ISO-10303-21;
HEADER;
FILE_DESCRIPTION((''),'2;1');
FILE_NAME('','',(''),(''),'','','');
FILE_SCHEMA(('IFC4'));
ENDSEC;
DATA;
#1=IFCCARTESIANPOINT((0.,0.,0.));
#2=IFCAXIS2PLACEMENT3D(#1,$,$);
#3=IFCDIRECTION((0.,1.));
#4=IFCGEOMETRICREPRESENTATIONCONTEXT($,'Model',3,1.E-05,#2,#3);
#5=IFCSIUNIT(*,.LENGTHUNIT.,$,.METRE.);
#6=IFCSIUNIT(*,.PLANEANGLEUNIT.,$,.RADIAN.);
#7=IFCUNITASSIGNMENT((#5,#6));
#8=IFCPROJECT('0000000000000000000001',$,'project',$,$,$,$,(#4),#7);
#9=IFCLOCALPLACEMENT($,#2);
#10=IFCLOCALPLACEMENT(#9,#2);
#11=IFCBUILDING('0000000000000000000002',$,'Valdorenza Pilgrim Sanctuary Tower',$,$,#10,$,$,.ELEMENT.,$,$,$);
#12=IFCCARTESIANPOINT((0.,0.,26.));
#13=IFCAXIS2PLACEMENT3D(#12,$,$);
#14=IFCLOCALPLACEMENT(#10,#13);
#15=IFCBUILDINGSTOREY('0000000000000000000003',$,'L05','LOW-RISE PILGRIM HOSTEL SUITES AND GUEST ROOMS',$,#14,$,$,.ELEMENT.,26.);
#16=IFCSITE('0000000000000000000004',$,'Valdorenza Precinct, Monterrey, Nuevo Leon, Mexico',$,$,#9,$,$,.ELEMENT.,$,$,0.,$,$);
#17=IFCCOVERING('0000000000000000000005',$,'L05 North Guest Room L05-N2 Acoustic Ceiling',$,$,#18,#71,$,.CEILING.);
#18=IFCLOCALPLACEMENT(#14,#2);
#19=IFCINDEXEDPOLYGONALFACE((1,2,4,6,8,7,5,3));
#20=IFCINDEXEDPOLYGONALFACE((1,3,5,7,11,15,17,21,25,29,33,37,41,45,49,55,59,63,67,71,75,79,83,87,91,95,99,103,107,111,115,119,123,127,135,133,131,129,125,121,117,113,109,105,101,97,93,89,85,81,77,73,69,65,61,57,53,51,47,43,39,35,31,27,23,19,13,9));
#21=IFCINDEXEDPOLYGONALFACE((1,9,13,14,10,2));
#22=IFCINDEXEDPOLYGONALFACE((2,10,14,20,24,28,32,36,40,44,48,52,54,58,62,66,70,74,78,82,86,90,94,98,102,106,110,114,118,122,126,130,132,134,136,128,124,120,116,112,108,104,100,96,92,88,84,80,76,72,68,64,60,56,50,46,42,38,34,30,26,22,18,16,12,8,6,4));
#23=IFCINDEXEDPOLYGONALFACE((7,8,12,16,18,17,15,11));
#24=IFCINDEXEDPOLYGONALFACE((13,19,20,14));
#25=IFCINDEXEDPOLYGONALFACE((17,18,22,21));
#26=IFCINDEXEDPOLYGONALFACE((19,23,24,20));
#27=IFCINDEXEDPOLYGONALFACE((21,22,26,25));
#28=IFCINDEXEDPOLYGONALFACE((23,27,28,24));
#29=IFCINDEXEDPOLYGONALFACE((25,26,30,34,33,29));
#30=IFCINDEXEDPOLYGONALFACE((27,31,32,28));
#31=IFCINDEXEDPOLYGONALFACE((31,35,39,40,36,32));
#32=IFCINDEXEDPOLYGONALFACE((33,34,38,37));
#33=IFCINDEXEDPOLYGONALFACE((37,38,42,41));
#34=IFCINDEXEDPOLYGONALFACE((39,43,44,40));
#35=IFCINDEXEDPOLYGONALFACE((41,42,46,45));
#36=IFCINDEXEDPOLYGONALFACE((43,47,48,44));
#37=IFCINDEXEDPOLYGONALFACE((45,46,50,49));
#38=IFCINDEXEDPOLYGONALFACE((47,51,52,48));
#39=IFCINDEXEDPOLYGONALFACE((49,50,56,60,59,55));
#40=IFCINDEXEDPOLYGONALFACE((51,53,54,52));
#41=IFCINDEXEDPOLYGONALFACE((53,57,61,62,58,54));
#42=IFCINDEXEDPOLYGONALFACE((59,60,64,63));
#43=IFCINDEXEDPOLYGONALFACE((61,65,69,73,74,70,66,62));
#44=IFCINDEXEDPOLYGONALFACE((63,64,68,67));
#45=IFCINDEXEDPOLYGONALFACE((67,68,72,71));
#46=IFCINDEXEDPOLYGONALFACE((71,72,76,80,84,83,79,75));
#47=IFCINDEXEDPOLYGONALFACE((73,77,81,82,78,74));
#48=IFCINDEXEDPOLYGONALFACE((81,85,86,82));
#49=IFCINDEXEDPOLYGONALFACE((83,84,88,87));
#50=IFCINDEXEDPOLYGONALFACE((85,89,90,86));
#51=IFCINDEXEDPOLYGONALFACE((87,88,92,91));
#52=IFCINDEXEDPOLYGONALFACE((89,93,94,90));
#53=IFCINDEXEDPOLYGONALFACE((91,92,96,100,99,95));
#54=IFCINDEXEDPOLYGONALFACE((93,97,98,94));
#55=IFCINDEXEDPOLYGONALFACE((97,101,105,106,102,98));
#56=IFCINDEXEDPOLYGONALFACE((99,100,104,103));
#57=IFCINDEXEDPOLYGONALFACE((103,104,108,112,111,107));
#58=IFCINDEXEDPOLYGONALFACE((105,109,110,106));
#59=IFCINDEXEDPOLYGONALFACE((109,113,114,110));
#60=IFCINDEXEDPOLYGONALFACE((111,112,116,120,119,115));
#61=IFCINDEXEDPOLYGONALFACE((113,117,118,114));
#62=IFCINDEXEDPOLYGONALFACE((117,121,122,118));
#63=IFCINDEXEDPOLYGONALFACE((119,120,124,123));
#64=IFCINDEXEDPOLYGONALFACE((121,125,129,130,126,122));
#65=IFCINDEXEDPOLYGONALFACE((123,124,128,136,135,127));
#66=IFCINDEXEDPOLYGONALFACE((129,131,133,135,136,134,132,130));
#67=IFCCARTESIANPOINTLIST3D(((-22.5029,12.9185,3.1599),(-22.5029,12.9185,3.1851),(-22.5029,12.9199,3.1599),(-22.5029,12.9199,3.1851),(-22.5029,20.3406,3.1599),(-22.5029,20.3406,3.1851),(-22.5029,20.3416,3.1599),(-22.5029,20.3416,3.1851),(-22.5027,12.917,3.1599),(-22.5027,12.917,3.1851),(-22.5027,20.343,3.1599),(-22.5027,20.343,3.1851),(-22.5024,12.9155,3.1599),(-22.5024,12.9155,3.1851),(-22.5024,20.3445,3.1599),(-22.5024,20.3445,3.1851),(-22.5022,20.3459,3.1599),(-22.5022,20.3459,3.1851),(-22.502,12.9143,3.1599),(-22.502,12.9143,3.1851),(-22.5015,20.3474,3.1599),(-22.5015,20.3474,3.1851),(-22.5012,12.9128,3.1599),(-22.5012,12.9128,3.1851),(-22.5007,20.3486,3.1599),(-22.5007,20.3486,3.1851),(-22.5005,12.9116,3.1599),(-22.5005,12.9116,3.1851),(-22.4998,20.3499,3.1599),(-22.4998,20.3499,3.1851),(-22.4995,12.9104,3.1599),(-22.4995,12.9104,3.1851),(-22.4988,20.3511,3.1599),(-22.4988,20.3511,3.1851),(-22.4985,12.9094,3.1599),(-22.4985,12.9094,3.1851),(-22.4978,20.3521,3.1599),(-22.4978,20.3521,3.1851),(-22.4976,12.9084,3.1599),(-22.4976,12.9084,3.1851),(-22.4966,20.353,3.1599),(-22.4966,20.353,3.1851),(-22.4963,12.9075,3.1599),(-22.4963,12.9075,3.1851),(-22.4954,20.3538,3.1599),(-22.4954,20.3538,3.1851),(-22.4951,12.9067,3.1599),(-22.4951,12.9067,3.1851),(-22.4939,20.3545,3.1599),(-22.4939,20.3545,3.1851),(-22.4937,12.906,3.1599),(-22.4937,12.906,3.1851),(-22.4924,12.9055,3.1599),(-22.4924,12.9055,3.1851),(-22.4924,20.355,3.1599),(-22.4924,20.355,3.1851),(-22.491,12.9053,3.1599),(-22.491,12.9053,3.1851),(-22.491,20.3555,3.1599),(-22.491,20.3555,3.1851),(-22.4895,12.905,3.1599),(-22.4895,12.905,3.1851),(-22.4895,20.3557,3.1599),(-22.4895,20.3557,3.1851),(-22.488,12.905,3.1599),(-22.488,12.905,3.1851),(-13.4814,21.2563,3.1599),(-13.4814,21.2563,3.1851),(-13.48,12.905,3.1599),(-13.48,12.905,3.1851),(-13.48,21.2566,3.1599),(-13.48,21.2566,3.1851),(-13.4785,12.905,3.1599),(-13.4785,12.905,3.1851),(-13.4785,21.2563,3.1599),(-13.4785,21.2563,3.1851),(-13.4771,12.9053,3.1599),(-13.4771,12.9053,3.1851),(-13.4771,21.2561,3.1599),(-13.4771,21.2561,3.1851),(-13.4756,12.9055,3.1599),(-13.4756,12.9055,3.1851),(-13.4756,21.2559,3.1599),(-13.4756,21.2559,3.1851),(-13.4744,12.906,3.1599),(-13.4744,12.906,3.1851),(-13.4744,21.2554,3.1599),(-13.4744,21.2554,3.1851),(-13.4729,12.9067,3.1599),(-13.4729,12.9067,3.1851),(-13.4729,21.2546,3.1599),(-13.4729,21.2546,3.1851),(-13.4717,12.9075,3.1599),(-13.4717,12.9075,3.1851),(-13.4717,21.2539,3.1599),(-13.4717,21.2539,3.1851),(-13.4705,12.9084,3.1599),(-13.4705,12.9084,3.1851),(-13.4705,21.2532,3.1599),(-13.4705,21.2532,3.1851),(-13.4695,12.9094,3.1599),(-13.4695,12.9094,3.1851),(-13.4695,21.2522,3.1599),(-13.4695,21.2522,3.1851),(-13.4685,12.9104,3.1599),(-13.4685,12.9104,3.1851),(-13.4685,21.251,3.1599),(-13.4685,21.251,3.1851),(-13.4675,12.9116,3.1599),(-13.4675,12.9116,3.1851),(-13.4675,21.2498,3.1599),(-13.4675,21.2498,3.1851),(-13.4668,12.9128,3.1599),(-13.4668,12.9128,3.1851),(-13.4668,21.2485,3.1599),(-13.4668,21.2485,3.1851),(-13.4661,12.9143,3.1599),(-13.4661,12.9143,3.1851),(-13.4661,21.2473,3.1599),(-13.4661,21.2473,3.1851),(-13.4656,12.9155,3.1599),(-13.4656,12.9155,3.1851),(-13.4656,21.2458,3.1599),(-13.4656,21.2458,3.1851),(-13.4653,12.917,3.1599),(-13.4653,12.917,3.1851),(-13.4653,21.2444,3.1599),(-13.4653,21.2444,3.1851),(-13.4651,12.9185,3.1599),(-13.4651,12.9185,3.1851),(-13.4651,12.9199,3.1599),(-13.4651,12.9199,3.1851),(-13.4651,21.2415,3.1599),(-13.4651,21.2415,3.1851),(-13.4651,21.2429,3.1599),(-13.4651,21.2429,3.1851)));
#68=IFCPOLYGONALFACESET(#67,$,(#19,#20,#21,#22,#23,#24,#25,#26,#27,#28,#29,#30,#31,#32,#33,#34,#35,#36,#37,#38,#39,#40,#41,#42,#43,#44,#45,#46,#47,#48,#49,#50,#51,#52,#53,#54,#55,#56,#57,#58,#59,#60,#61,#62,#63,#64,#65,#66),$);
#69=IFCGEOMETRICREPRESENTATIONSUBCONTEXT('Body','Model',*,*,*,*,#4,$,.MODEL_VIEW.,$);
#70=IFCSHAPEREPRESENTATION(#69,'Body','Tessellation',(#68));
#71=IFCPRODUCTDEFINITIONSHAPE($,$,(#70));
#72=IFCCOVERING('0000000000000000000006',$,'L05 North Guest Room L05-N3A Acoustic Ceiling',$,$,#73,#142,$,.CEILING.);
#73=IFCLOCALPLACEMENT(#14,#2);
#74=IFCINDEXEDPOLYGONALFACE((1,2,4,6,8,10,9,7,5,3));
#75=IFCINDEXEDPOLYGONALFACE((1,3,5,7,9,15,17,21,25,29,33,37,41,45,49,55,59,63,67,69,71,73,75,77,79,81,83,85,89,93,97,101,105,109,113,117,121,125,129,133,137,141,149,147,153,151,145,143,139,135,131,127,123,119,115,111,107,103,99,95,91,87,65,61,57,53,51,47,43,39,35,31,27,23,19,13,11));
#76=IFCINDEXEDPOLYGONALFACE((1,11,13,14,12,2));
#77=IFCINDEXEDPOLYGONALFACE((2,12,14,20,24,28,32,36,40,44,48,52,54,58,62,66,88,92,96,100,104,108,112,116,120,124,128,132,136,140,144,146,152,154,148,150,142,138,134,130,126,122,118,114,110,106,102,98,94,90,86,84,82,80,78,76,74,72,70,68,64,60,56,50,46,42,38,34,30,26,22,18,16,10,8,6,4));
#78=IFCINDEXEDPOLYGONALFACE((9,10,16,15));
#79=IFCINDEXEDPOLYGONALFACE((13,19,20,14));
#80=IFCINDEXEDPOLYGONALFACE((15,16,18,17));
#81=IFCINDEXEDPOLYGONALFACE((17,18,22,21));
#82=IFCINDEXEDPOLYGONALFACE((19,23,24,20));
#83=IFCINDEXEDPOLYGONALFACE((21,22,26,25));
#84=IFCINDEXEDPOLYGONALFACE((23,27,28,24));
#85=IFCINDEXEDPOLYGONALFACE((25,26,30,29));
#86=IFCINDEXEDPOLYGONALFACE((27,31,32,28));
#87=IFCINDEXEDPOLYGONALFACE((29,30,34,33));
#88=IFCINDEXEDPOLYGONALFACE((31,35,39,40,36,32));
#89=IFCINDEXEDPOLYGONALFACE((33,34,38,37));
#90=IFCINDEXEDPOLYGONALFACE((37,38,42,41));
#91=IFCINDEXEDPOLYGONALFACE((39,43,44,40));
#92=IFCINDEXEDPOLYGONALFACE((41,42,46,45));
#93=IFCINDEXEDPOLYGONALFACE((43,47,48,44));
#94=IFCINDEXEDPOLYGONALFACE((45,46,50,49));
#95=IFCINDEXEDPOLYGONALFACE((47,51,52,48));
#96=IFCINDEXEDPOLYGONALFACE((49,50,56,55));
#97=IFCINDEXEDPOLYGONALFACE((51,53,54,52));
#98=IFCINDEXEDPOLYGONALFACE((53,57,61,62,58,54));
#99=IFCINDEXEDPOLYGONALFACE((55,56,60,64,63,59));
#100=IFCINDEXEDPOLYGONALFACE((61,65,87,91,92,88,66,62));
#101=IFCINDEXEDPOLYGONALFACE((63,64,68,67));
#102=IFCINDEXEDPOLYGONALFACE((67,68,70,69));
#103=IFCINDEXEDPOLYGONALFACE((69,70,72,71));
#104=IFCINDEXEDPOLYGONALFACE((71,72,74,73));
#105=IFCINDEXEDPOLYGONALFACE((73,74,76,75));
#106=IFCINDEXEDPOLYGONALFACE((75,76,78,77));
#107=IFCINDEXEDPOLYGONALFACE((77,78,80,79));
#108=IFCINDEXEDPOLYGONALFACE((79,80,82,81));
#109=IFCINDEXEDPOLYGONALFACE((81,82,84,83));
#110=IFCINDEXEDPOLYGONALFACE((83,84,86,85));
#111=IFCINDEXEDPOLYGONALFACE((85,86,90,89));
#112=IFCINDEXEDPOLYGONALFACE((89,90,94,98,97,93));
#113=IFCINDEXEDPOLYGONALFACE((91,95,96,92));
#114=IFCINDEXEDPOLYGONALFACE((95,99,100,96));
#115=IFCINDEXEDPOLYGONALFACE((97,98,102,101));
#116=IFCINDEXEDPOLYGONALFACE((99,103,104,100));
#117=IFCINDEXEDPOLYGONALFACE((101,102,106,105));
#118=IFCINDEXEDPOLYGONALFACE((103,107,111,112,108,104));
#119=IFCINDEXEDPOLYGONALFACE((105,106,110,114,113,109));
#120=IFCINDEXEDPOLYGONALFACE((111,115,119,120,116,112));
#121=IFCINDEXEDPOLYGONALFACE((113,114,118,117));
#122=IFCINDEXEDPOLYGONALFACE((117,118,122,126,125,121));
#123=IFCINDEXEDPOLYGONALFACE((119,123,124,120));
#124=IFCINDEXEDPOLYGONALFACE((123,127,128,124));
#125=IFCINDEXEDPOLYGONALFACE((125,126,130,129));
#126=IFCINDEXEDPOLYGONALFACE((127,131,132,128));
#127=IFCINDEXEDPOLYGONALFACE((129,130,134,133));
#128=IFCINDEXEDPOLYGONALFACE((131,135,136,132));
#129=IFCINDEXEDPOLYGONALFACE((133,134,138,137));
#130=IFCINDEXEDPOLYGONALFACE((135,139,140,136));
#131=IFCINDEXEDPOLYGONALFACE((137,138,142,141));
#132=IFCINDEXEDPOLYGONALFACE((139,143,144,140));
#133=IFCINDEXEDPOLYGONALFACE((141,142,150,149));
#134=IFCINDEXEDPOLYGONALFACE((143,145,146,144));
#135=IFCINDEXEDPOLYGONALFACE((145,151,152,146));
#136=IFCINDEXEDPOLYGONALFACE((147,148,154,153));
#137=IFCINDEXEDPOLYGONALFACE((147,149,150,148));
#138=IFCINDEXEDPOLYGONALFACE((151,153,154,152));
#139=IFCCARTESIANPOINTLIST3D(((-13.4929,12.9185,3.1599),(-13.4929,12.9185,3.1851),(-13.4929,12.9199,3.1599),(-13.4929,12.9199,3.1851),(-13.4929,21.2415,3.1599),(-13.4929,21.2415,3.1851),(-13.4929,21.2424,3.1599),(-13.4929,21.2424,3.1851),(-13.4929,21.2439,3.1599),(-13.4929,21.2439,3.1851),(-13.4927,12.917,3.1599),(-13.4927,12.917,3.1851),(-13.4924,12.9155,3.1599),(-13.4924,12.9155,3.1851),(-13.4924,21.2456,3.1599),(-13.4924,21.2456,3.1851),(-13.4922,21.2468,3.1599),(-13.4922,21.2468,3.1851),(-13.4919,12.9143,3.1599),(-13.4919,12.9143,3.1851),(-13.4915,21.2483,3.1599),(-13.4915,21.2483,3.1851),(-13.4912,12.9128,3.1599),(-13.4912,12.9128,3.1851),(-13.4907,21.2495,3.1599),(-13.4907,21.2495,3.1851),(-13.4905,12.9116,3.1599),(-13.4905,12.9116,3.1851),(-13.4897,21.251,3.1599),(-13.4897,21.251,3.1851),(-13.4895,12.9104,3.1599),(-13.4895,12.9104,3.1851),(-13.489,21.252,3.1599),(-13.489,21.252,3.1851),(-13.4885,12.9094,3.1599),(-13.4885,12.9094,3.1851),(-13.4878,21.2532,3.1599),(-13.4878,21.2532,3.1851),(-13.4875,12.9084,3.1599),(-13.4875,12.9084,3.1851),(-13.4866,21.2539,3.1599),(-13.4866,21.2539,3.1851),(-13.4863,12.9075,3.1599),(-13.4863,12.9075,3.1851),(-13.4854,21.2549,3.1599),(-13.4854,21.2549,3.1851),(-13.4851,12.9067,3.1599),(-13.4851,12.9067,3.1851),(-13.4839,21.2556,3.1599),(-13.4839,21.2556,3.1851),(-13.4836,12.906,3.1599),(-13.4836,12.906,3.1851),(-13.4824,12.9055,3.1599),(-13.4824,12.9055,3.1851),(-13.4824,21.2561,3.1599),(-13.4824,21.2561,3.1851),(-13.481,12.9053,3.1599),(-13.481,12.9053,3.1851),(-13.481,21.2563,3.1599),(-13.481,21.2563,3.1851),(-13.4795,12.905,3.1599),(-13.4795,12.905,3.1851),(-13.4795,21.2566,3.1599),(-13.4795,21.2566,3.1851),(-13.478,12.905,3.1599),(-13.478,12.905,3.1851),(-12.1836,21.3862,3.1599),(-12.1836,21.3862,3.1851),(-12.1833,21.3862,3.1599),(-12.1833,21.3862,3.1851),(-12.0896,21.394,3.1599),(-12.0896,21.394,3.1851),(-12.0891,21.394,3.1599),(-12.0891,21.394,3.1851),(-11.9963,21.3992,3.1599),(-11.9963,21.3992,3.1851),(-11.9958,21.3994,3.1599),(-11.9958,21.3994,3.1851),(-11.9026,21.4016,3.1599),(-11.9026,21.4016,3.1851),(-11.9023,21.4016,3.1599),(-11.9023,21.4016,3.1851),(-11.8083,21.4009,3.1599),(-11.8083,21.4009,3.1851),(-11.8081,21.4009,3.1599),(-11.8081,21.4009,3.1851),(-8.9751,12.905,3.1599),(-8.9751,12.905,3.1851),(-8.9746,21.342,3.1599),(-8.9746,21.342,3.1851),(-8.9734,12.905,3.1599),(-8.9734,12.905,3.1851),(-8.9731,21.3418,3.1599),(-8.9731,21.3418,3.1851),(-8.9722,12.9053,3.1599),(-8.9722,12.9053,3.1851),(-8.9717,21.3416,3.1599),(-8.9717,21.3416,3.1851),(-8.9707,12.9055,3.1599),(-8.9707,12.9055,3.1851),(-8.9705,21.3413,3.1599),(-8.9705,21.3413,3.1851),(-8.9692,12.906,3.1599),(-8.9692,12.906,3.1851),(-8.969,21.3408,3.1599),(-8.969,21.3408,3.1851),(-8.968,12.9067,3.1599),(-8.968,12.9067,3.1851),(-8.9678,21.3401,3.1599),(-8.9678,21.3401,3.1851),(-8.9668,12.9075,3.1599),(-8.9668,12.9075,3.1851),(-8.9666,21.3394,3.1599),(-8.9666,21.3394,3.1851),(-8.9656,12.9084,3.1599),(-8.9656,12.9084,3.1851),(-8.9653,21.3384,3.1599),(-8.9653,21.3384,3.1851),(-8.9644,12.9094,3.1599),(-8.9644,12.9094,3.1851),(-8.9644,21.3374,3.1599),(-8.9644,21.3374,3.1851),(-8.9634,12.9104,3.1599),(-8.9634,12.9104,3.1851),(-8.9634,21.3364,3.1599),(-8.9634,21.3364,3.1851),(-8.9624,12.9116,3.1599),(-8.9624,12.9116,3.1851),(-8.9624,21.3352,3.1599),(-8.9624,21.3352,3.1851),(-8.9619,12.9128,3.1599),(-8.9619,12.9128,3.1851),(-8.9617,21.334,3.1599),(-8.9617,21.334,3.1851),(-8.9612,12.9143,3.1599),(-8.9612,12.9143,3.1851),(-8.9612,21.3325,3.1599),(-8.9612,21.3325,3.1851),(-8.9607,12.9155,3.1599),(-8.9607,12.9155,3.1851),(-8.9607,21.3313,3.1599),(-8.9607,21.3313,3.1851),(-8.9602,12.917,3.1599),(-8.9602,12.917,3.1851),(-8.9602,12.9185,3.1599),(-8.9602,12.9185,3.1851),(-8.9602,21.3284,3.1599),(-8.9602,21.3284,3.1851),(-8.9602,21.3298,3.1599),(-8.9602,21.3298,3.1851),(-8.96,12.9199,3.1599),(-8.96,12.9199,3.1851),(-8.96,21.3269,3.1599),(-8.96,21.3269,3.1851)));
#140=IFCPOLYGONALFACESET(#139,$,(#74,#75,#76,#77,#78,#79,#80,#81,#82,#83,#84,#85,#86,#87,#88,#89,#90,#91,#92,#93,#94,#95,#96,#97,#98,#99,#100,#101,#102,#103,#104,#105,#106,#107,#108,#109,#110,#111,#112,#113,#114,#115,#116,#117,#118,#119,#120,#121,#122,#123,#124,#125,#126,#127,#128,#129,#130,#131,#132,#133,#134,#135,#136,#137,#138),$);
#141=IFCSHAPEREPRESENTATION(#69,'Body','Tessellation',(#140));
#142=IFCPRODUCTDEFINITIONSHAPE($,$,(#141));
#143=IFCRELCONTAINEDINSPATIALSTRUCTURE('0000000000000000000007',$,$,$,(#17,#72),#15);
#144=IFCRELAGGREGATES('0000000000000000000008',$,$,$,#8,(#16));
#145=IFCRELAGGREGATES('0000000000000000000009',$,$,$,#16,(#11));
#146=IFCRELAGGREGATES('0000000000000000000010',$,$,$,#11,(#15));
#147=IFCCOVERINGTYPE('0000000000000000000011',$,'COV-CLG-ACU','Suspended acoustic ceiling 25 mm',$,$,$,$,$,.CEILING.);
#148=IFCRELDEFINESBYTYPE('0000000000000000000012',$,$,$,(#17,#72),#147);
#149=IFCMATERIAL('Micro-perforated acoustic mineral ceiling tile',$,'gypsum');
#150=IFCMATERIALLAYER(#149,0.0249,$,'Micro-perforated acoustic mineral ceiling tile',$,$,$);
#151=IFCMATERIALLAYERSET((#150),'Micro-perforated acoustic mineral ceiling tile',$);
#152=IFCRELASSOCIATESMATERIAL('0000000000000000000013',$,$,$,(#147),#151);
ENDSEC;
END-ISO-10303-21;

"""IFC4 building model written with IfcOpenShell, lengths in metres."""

from ifc_helpers import new_model, si_unit, direction, frame, origin, place, context, subcontext, project, spatial, polyline, outline, extrude, material, layer, layer_set, type_object, element, save


model = new_model("IFC4")

# Units and contexts
model_context = context("Model", 3, precision=1e-05, world=origin(), true_north=direction((0.0, 1.0)))
body_context = subcontext(model_context, "Body", "Model", "MODEL_VIEW")
ifc_project = project(units=[si_unit("LENGTHUNIT", "METRE"), si_unit("PLANEANGLEUNIT", "RADIAN")], contexts=[model_context])

# Site, building, storey
site_placement = place(None, origin())
site = spatial("IfcSite", under=ifc_project, at=site_placement, Name="Valdorenza Precinct, Monterrey, Nuevo Leon, Mexico", CompositionType="ELEMENT", RefElevation=0.0)
building_placement = place(site_placement, origin())
building = spatial("IfcBuilding", under=site, at=building_placement, Name="Valdorenza Pilgrim Sanctuary Tower", CompositionType="ELEMENT")
storey_placement = place(building_placement, frame((0.0, 0.0, 26.0)))
storey = spatial("IfcBuildingStorey", under=building, at=storey_placement, Name="L05", Description="LOW-RISE PILGRIM HOSTEL SUITES AND GUEST ROOMS", CompositionType="ELEMENT", Elevation=26.0)

# Coverings
ifc_material_1 = material(Name="Micro-perforated acoustic mineral ceiling tile", Category="gypsum")
ifc_layer_1 = layer(ifc_material_1, 0.0249, Name="Micro-perforated acoustic mineral ceiling tile")
ifc_layer_set_1 = layer_set([ifc_layer_1], Name="Micro-perforated acoustic mineral ceiling tile")
covering_type_1 = type_object("IfcCoveringType", Name="COV-CLG-ACU", Description="Suspended acoustic ceiling 25 mm", PredefinedType="CEILING", material=ifc_layer_set_1)
covering_1_placement = place(storey_placement, frame((0.0, 0.0, 3.1599)))
element("IfcCovering", 1, at=covering_1_placement, inside=storey, type_object=covering_type_1, Name="L05 North Guest Room L05-N2 Acoustic Ceiling", PredefinedType="CEILING", context=body_context, shape_type="SweptSolid", body=[
    extrude(outline(polyline([(-22.5029, 20.3406), (-22.5029, 20.3416), (-22.5027, 20.343), (-22.5024, 20.3445), (-22.5022, 20.3459), (-22.5015, 20.3474), (-22.5007, 20.3486), (-22.4998, 20.3499), (-22.4988, 20.3511), (-22.4978, 20.3521), (-22.4966, 20.353), (-22.4954, 20.3538), (-22.4939, 20.3545), (-22.4924, 20.355), (-22.491, 20.3555), (-22.4895, 20.3557), (-13.4814, 21.2563), (-13.48, 21.2566), (-13.4785, 21.2563), (-13.4771, 21.2561), (-13.4756, 21.2559), (-13.4744, 21.2554), (-13.4729, 21.2546), (-13.4717, 21.2539), (-13.4705, 21.2532), (-13.4695, 21.2522), (-13.4685, 21.251), (-13.4675, 21.2498), (-13.4668, 21.2485), (-13.4661, 21.2473), (-13.4656, 21.2458), (-13.4653, 21.2444), (-13.4651, 21.2429), (-13.4651, 21.2415), (-13.4651, 12.9199), (-13.4651, 12.9185), (-13.4653, 12.917), (-13.4656, 12.9155), (-13.4661, 12.9143), (-13.4668, 12.9128), (-13.4675, 12.9116), (-13.4685, 12.9104), (-13.4695, 12.9094), (-13.4705, 12.9084), (-13.4717, 12.9075), (-13.4729, 12.9067), (-13.4744, 12.906), (-13.4756, 12.9055), (-13.4771, 12.9053), (-13.4785, 12.905), (-13.48, 12.905), (-22.488, 12.905), (-22.4895, 12.905), (-22.491, 12.9053), (-22.4924, 12.9055), (-22.4937, 12.906), (-22.4951, 12.9067), (-22.4963, 12.9075), (-22.4976, 12.9084), (-22.4985, 12.9094), (-22.4995, 12.9104), (-22.5005, 12.9116), (-22.5012, 12.9128), (-22.502, 12.9143), (-22.5024, 12.9155), (-22.5027, 12.917), (-22.5029, 12.9185), (-22.5029, 12.9199), (-22.5029, 20.3406), (-22.5029, 20.3406)])), origin(), (0.0, 0.0, 1.0), 0.0251),
])
covering_2_placement = place(storey_placement, frame((0.0, 0.0, 3.1599)))
element("IfcCovering", 2, at=covering_2_placement, inside=storey, type_object=covering_type_1, Name="L05 North Guest Room L05-N3A Acoustic Ceiling", PredefinedType="CEILING", context=body_context, shape_type="SweptSolid", body=[
    extrude(outline(polyline([(-13.4929, 21.2415), (-13.4929, 21.2424), (-13.4929, 21.2439), (-13.4924, 21.2456), (-13.4922, 21.2468), (-13.4915, 21.2483), (-13.4907, 21.2495), (-13.4897, 21.251), (-13.489, 21.252), (-13.4878, 21.2532), (-13.4866, 21.2539), (-13.4854, 21.2549), (-13.4839, 21.2556), (-13.4824, 21.2561), (-13.481, 21.2563), (-13.4795, 21.2566), (-12.1836, 21.3862), (-12.1833, 21.3862), (-12.0896, 21.394), (-12.0891, 21.394), (-11.9963, 21.3992), (-11.9958, 21.3994), (-11.9026, 21.4016), (-11.9023, 21.4016), (-11.8083, 21.4009), (-11.8081, 21.4009), (-8.9746, 21.342), (-8.9731, 21.3418), (-8.9717, 21.3416), (-8.9705, 21.3413), (-8.969, 21.3408), (-8.9678, 21.3401), (-8.9666, 21.3394), (-8.9653, 21.3384), (-8.9644, 21.3374), (-8.9634, 21.3364), (-8.9624, 21.3352), (-8.9617, 21.334), (-8.9612, 21.3325), (-8.9607, 21.3313), (-8.9602, 21.3298), (-8.9602, 21.3284), (-8.96, 21.3269), (-8.96, 12.9199), (-8.9602, 12.9185), (-8.9602, 12.917), (-8.9607, 12.9155), (-8.9612, 12.9143), (-8.9619, 12.9128), (-8.9624, 12.9116), (-8.9634, 12.9104), (-8.9644, 12.9094), (-8.9656, 12.9084), (-8.9668, 12.9075), (-8.968, 12.9067), (-8.9692, 12.906), (-8.9707, 12.9055), (-8.9722, 12.9053), (-8.9734, 12.905), (-8.9751, 12.905), (-13.478, 12.905), (-13.4795, 12.905), (-13.481, 12.9053), (-13.4824, 12.9055), (-13.4836, 12.906), (-13.4851, 12.9067), (-13.4863, 12.9075), (-13.4875, 12.9084), (-13.4885, 12.9094), (-13.4895, 12.9104), (-13.4905, 12.9116), (-13.4912, 12.9128), (-13.4919, 12.9143), (-13.4924, 12.9155), (-13.4927, 12.917), (-13.4929, 12.9185), (-13.4929, 12.9199), (-13.4929, 21.2415), (-13.4929, 21.2415)])), origin(), (0.0, 0.0, 1.0), 0.0251),
])

save(model, "model.ifc")
